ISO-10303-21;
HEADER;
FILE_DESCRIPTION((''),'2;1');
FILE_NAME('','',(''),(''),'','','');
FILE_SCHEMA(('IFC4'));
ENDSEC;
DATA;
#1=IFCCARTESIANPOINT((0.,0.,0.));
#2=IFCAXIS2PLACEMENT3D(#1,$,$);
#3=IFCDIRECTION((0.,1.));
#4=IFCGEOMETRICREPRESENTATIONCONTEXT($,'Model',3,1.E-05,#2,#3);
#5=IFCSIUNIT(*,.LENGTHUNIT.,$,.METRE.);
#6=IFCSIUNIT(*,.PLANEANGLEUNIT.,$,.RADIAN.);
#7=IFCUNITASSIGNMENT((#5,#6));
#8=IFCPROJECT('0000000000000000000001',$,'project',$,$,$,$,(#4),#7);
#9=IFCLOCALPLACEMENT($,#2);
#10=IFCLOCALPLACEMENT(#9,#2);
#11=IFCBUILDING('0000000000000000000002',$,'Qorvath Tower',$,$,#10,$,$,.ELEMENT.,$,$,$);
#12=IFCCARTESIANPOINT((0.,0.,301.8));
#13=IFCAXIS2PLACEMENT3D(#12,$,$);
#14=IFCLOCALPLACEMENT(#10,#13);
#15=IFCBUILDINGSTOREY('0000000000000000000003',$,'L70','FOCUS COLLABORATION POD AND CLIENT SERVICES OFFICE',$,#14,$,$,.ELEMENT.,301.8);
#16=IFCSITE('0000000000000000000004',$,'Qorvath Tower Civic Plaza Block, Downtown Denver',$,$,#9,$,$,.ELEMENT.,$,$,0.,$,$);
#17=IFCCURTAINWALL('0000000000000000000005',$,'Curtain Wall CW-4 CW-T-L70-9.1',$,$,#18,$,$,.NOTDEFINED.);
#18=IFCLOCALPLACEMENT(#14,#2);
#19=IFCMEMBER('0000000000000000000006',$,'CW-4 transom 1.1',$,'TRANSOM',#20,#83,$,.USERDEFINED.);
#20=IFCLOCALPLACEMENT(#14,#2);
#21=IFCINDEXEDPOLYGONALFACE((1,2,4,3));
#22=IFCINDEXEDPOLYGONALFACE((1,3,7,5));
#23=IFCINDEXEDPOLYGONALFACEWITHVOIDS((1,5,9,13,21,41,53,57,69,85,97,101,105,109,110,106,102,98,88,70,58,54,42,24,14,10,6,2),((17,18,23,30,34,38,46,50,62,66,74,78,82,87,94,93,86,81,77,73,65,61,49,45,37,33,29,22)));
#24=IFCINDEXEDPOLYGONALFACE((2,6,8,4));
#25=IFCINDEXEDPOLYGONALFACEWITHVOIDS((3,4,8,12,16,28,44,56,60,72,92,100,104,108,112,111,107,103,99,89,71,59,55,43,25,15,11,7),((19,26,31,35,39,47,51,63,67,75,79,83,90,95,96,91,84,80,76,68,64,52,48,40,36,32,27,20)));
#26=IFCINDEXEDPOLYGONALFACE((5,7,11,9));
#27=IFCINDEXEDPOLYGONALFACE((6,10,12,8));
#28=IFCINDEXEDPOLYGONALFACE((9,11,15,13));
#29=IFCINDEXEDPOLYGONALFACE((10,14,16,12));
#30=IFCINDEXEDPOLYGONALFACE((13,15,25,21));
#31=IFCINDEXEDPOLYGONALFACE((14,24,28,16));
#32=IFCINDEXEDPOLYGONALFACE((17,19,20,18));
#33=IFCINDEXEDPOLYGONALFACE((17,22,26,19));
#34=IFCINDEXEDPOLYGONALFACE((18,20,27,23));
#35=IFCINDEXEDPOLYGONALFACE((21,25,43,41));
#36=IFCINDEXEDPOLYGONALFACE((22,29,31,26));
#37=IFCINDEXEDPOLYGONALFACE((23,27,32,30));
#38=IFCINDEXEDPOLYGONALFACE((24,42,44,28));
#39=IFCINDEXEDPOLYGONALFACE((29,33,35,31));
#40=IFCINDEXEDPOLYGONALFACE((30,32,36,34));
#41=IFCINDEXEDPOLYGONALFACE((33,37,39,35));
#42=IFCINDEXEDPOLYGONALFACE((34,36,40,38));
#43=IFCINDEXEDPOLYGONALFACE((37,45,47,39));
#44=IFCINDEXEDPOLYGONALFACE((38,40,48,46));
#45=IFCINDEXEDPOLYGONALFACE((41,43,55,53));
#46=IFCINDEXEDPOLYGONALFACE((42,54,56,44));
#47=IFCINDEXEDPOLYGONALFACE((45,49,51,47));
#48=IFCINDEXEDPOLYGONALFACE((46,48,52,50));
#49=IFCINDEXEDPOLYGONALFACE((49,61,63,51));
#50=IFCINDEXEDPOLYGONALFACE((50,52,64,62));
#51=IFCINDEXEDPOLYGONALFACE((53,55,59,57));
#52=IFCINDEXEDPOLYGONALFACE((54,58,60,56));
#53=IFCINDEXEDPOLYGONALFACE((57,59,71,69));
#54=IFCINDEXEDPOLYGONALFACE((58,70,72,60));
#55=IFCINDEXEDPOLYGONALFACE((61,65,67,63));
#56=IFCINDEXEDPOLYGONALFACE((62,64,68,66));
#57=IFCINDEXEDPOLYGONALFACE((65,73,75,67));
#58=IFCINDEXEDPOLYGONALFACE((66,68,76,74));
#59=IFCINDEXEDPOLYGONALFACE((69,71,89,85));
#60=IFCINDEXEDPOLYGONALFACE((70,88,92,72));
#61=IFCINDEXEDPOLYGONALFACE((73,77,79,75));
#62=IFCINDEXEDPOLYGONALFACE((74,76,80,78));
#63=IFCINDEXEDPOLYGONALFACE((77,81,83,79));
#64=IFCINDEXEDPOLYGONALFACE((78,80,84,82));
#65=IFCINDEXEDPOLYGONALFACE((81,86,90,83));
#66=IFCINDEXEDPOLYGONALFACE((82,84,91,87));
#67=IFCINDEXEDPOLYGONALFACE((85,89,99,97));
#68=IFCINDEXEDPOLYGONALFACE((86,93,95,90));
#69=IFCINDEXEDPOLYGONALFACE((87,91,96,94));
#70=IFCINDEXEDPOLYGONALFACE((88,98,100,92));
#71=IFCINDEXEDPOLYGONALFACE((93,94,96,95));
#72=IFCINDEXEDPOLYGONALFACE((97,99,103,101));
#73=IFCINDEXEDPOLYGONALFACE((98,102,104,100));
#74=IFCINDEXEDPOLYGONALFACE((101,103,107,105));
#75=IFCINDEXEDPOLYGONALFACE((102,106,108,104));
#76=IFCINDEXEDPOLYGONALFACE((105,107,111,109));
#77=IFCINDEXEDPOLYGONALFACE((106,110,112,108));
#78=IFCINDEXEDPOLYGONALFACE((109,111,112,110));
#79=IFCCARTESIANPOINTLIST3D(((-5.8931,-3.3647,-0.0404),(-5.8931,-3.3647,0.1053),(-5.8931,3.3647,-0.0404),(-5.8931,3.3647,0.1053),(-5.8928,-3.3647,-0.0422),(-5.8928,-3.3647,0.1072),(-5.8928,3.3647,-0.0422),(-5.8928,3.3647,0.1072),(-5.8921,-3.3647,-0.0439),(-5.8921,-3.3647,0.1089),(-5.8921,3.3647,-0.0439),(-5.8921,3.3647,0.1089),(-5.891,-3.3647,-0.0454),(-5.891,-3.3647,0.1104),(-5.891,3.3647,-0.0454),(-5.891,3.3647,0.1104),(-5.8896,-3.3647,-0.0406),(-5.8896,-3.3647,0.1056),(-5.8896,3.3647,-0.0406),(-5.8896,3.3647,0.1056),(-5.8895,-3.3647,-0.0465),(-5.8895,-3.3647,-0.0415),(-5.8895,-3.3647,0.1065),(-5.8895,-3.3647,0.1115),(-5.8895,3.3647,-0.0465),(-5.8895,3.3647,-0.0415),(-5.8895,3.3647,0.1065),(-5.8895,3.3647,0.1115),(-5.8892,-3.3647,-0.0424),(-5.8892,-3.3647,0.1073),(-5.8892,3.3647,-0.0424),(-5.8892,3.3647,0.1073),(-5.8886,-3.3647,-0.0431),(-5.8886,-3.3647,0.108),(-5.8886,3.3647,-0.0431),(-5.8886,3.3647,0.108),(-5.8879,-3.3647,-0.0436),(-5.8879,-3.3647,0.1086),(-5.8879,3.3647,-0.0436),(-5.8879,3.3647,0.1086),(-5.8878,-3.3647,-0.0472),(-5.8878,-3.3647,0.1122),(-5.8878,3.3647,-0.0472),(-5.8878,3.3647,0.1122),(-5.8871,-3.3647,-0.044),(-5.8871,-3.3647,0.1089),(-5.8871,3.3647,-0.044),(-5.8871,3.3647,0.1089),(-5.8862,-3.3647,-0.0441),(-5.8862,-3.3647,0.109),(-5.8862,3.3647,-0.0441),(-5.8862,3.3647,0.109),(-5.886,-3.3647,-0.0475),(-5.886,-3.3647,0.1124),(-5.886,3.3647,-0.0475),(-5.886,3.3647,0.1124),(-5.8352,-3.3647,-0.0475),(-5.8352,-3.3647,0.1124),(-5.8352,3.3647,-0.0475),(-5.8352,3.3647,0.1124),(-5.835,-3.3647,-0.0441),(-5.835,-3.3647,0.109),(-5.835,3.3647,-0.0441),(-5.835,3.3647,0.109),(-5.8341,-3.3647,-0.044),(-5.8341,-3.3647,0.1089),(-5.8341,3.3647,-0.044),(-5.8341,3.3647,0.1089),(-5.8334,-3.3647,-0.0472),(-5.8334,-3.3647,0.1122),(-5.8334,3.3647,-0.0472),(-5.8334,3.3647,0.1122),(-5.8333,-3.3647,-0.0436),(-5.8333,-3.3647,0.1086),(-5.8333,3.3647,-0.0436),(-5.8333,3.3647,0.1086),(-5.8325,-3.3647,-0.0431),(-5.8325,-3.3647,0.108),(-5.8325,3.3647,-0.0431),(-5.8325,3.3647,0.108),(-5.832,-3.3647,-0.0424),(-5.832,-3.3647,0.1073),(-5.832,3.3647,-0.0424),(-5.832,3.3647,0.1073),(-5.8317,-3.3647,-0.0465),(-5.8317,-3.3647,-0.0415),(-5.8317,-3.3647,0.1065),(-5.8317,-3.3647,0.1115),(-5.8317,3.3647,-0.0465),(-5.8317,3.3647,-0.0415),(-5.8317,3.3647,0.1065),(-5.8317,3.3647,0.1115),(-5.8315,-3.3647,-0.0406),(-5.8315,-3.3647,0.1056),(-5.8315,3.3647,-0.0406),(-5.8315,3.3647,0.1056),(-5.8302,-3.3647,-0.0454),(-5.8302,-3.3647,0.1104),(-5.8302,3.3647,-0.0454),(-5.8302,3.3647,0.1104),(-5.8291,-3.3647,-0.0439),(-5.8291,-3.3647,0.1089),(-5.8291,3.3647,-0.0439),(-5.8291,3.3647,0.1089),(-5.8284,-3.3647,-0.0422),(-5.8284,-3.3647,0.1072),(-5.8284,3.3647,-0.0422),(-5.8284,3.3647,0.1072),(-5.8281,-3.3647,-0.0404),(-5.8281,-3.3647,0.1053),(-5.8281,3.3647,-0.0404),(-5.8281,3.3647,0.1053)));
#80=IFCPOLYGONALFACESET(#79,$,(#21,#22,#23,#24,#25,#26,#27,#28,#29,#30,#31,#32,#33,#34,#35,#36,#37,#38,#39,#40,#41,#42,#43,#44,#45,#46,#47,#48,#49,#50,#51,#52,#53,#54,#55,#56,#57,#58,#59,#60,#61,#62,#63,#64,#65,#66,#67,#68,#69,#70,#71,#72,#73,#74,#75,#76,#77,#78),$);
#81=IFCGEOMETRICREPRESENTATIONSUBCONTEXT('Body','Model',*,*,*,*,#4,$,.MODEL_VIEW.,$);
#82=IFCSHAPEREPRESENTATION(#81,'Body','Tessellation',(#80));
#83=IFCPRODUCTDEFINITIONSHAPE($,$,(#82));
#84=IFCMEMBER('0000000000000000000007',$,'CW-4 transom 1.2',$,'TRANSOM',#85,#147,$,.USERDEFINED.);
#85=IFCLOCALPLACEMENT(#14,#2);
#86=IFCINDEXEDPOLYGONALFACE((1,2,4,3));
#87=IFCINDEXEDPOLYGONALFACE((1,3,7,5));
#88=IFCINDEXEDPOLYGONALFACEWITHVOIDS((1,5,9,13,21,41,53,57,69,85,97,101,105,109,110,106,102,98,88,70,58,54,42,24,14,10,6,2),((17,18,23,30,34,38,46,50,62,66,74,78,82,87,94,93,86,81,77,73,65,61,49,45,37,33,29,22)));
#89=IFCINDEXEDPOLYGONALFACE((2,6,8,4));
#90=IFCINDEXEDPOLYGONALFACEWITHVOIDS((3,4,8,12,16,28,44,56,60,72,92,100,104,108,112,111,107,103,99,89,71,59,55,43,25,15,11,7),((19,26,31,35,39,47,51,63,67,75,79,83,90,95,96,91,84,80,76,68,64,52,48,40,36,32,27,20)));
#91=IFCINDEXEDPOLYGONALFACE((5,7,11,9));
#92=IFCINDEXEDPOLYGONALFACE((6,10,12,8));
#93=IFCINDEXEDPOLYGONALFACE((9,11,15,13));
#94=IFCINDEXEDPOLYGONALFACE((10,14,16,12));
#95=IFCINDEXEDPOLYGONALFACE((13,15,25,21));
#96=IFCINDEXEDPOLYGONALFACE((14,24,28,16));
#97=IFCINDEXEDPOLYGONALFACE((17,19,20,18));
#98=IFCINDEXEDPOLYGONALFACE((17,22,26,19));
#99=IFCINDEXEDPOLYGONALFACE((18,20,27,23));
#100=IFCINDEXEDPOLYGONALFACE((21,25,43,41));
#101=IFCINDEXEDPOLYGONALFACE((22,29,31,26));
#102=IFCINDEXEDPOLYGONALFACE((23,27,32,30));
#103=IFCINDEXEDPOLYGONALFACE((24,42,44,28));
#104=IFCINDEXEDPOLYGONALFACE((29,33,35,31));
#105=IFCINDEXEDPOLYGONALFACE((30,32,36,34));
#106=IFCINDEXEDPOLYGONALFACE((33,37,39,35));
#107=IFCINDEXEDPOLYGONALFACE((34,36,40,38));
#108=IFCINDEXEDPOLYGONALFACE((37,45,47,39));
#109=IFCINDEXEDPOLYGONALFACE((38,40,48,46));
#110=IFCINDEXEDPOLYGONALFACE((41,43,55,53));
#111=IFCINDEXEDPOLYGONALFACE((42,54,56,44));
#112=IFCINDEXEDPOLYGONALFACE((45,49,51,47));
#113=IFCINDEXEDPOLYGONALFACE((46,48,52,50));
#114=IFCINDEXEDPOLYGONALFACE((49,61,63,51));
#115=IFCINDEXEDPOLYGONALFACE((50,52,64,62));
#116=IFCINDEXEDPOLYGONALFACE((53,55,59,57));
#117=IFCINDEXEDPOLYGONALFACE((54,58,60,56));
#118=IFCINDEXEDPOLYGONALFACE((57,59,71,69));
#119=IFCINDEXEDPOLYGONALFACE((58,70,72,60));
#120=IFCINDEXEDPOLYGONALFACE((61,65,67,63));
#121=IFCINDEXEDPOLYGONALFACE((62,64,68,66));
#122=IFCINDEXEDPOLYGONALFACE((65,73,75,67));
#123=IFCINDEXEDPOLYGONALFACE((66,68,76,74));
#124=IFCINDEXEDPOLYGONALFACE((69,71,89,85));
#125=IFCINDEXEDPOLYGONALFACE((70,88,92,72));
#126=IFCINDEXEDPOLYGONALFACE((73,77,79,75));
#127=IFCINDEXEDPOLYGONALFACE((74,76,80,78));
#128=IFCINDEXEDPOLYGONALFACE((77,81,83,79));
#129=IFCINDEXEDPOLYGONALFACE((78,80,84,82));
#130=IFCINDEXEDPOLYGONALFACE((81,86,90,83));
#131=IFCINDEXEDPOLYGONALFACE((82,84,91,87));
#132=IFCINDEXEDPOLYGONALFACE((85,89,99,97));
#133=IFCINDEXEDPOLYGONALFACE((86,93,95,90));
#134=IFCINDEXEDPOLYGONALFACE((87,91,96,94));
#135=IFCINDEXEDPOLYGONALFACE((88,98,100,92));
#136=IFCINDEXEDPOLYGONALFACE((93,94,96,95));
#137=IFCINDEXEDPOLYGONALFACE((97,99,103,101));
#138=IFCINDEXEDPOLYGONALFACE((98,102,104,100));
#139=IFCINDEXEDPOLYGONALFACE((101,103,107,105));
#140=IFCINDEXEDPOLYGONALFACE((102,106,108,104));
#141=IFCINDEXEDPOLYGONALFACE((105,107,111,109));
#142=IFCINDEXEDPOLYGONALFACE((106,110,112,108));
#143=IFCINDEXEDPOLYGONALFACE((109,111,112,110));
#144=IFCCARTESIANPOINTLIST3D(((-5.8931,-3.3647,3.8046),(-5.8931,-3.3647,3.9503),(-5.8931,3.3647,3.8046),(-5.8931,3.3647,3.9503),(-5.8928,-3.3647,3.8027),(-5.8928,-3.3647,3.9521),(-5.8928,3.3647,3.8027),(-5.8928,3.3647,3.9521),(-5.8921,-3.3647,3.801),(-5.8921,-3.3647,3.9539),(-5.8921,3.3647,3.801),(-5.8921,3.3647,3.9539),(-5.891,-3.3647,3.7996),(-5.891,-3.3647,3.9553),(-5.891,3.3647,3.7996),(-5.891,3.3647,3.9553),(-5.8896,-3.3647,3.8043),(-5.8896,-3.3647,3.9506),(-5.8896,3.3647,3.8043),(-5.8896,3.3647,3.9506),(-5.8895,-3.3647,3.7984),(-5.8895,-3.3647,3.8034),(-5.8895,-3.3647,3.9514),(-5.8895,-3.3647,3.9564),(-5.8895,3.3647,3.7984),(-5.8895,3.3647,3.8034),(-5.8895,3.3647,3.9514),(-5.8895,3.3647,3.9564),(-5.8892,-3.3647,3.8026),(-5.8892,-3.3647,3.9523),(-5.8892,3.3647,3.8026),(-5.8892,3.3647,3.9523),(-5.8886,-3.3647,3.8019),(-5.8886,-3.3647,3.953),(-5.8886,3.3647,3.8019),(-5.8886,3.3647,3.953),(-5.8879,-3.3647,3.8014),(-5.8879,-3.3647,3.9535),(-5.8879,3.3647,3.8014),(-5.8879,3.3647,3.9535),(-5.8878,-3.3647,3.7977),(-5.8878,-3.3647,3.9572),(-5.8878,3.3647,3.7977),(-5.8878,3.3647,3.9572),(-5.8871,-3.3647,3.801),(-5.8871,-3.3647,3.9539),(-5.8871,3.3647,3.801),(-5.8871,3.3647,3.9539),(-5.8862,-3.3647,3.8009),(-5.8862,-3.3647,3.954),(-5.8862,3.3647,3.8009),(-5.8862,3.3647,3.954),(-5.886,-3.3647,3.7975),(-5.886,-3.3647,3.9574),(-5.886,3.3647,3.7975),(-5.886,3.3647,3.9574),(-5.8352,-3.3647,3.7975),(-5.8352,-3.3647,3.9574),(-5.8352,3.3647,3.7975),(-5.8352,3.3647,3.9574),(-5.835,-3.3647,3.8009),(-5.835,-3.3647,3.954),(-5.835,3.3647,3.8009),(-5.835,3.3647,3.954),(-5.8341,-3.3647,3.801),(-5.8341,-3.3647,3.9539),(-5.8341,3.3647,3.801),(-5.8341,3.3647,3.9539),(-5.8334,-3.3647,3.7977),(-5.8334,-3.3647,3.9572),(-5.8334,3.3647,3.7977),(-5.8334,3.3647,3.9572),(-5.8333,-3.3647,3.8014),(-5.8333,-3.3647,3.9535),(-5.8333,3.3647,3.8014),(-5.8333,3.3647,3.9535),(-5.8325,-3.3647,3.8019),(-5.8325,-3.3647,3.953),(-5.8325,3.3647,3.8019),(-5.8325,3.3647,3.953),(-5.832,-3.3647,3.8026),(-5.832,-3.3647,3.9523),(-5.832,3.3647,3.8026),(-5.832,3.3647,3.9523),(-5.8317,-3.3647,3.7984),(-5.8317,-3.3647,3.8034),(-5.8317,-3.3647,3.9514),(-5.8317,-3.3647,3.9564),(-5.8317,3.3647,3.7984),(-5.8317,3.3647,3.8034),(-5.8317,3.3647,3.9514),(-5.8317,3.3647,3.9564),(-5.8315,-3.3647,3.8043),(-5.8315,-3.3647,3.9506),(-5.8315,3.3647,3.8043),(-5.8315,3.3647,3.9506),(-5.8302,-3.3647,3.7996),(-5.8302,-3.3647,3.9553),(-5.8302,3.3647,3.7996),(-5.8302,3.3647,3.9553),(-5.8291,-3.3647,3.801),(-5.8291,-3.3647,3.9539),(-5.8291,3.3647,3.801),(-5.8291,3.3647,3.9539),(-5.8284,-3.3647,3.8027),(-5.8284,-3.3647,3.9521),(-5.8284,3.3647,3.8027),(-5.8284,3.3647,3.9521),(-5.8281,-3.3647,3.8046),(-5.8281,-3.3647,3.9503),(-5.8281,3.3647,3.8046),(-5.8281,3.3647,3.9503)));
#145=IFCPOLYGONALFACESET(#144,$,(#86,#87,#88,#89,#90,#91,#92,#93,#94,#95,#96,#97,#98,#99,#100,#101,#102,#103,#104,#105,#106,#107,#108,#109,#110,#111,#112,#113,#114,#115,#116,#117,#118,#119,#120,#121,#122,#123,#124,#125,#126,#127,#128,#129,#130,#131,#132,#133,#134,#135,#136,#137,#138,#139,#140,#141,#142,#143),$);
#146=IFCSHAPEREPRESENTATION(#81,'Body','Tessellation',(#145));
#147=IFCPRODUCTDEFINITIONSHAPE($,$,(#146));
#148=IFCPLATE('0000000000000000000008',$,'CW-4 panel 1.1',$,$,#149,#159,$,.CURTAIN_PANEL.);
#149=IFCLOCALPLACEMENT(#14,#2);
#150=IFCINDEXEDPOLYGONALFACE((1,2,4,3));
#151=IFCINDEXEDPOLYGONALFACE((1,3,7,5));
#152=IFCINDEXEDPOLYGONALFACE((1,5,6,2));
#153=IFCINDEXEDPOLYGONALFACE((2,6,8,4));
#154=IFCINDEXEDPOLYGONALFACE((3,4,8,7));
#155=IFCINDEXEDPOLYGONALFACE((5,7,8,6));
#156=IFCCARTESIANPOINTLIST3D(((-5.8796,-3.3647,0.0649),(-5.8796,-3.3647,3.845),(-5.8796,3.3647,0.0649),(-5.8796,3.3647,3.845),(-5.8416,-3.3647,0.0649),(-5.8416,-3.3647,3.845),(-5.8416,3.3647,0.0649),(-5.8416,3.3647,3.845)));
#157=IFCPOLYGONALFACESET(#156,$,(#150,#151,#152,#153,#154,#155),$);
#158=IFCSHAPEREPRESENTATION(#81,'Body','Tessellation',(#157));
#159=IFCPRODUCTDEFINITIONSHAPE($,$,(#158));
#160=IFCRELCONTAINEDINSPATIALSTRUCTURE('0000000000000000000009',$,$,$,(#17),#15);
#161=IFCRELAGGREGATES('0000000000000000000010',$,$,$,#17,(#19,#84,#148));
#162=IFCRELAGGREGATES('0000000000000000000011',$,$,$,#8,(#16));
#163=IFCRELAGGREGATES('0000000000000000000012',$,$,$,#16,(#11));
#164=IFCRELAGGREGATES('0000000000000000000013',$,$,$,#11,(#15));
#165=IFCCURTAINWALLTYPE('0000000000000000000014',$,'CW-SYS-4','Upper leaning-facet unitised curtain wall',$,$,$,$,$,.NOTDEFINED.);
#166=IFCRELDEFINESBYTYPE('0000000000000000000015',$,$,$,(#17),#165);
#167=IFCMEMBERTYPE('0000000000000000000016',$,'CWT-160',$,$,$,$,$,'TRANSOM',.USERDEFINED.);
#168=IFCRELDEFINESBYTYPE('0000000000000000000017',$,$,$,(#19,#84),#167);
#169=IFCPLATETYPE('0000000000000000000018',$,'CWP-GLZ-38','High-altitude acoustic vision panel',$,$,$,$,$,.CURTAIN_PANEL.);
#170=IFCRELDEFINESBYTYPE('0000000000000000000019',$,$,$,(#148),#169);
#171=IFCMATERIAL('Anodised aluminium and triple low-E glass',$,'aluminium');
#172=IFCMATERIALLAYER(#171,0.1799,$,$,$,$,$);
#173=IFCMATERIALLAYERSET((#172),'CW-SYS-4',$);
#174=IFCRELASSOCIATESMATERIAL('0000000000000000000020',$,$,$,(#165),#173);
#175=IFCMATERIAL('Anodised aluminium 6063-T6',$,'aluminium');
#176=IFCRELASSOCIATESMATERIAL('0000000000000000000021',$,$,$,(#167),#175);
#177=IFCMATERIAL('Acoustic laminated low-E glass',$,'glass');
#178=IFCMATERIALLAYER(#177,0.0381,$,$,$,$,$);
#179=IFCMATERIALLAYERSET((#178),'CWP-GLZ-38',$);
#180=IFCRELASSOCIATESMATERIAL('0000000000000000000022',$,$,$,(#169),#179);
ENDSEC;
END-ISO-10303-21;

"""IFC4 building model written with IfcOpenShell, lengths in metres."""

from ifc_helpers import new_model, si_unit, direction, frame, origin, origin_2d, place, context, subcontext, project, spatial, rectangle, hollow_rectangle, extrude, material, layer, layer_set, material_profile, profile_set, type_object, element, aggregate, save


model = new_model("IFC4")

# Units and contexts
model_context = context("Model", 3, precision=1e-05, world=origin(), true_north=direction((0.0, 1.0)))
body_context = subcontext(model_context, "Body", "Model", "MODEL_VIEW")
ifc_project = project(units=[si_unit("LENGTHUNIT", "METRE"), si_unit("PLANEANGLEUNIT", "RADIAN")], contexts=[model_context])

# Site, building, storey
site_placement = place(None, origin())
site = spatial("IfcSite", under=ifc_project, at=site_placement, Name="Qorvath Tower Civic Plaza Block, Downtown Denver", CompositionType="ELEMENT", RefElevation=0.0)
building_placement = place(site_placement, origin())
building = spatial("IfcBuilding", under=site, at=building_placement, Name="Qorvath Tower", CompositionType="ELEMENT")
storey_placement = place(building_placement, frame((0.0, 0.0, 301.8)))
storey = spatial("IfcBuildingStorey", under=building, at=storey_placement, Name="L70", Description="FOCUS COLLABORATION POD AND CLIENT SERVICES OFFICE", CompositionType="ELEMENT", Elevation=301.8)

# Shared definitions
ifc_material_1 = material(Name="Anodised aluminium and triple low-E glass", Category="aluminium")
ifc_layer_1 = layer(ifc_material_1, 0.1799)
ifc_layer_set_1 = layer_set([ifc_layer_1], Name="CW-SYS-4")
curtain_wall_type = type_object("IfcCurtainWallType", Name="CW-SYS-4", Description="Upper leaning-facet unitised curtain wall", PredefinedType="NOTDEFINED", material=ifc_layer_set_1)

# Curtain wall, members, plate
curtain_wall_1_placement = place(storey_placement, origin())
curtain_wall_1 = element("IfcCurtainWall", 1, at=curtain_wall_1_placement, inside=storey, type_object=curtain_wall_type, Name="Curtain Wall CW-4 CW-T-L70-9.1", PredefinedType="NOTDEFINED")
ifc_material_2 = material(Name="Anodised aluminium 6063-T6", Category="aluminium")
ifc_material_profile_1 = material_profile(ifc_material_2, hollow_rectangle(XDim=0.0649, YDim=0.1599, WallThickness=0.0034, InnerFilletRadius=0.0034, OuterFilletRadius=0.0071, at=origin_2d()), Name="CWT 160x65")
ifc_profile_set_1 = profile_set([ifc_material_profile_1], Name="Anodised aluminium 6063-T6")
member_type_1 = type_object("IfcMemberType", Name="CWT-160", ElementType="TRANSOM", PredefinedType="USERDEFINED", material=ifc_profile_set_1)
member_1_placement = place(storey_placement, frame((-5.8606, -3.3647, 0.0325), z_axis=(0.0, 1.0, 0.0), x_axis=(-1.0, 0.0, 0.0)))
member_1 = element("IfcMember", 2, at=member_1_placement, type_object=member_type_1, Name="CW-4 transom 1.1", ObjectType="TRANSOM", PredefinedType="USERDEFINED", context=body_context, shape_type="SweptSolid", body=[
    extrude(hollow_rectangle(XDim=0.0649, YDim=0.1599, WallThickness=0.0034, InnerFilletRadius=0.0034, OuterFilletRadius=0.0071, at=origin_2d()), origin(), (0.0, 0.0, 1.0), 6.7295),
])
member_2_placement = place(storey_placement, frame((-5.8606, -3.3647, 3.8774), z_axis=(0.0, 1.0, 0.0), x_axis=(-1.0, 0.0, 0.0)))
member_2 = element("IfcMember", 3, at=member_2_placement, type_object=member_type_1, Name="CW-4 transom 1.2", ObjectType="TRANSOM", PredefinedType="USERDEFINED", context=body_context, shape_type="SweptSolid", body=[
    extrude(hollow_rectangle(XDim=0.0649, YDim=0.1599, WallThickness=0.0034, InnerFilletRadius=0.0034, OuterFilletRadius=0.0071, at=origin_2d()), origin(), (0.0, 0.0, 1.0), 6.7295),
])
ifc_material_3 = material(Name="Acoustic laminated low-E glass", Category="glass")
ifc_layer_2 = layer(ifc_material_3, 0.0381)
ifc_layer_set_2 = layer_set([ifc_layer_2], Name="CWP-GLZ-38")
plate_type = type_object("IfcPlateType", Name="CWP-GLZ-38", Description="High-altitude acoustic vision panel", PredefinedType="CURTAIN_PANEL", material=ifc_layer_set_2)
plate_placement = place(storey_placement, frame((-5.8606, 0.0, 0.0649), z_axis=(0.0, 0.0, 1.0), x_axis=(0.0, 1.0, 0.0)))
plate = element("IfcPlate", 4, at=plate_placement, type_object=plate_type, Name="CW-4 panel 1.1", PredefinedType="CURTAIN_PANEL", context=body_context, shape_type="SweptSolid", body=[
    extrude(rectangle(XDim=6.7295, YDim=0.0381, at=origin_2d()), origin(), (0.0, 0.0, 1.0), 3.78),
])
aggregate(curtain_wall_1, [member_1, member_2, plate])

save(model, "model.ifc")
